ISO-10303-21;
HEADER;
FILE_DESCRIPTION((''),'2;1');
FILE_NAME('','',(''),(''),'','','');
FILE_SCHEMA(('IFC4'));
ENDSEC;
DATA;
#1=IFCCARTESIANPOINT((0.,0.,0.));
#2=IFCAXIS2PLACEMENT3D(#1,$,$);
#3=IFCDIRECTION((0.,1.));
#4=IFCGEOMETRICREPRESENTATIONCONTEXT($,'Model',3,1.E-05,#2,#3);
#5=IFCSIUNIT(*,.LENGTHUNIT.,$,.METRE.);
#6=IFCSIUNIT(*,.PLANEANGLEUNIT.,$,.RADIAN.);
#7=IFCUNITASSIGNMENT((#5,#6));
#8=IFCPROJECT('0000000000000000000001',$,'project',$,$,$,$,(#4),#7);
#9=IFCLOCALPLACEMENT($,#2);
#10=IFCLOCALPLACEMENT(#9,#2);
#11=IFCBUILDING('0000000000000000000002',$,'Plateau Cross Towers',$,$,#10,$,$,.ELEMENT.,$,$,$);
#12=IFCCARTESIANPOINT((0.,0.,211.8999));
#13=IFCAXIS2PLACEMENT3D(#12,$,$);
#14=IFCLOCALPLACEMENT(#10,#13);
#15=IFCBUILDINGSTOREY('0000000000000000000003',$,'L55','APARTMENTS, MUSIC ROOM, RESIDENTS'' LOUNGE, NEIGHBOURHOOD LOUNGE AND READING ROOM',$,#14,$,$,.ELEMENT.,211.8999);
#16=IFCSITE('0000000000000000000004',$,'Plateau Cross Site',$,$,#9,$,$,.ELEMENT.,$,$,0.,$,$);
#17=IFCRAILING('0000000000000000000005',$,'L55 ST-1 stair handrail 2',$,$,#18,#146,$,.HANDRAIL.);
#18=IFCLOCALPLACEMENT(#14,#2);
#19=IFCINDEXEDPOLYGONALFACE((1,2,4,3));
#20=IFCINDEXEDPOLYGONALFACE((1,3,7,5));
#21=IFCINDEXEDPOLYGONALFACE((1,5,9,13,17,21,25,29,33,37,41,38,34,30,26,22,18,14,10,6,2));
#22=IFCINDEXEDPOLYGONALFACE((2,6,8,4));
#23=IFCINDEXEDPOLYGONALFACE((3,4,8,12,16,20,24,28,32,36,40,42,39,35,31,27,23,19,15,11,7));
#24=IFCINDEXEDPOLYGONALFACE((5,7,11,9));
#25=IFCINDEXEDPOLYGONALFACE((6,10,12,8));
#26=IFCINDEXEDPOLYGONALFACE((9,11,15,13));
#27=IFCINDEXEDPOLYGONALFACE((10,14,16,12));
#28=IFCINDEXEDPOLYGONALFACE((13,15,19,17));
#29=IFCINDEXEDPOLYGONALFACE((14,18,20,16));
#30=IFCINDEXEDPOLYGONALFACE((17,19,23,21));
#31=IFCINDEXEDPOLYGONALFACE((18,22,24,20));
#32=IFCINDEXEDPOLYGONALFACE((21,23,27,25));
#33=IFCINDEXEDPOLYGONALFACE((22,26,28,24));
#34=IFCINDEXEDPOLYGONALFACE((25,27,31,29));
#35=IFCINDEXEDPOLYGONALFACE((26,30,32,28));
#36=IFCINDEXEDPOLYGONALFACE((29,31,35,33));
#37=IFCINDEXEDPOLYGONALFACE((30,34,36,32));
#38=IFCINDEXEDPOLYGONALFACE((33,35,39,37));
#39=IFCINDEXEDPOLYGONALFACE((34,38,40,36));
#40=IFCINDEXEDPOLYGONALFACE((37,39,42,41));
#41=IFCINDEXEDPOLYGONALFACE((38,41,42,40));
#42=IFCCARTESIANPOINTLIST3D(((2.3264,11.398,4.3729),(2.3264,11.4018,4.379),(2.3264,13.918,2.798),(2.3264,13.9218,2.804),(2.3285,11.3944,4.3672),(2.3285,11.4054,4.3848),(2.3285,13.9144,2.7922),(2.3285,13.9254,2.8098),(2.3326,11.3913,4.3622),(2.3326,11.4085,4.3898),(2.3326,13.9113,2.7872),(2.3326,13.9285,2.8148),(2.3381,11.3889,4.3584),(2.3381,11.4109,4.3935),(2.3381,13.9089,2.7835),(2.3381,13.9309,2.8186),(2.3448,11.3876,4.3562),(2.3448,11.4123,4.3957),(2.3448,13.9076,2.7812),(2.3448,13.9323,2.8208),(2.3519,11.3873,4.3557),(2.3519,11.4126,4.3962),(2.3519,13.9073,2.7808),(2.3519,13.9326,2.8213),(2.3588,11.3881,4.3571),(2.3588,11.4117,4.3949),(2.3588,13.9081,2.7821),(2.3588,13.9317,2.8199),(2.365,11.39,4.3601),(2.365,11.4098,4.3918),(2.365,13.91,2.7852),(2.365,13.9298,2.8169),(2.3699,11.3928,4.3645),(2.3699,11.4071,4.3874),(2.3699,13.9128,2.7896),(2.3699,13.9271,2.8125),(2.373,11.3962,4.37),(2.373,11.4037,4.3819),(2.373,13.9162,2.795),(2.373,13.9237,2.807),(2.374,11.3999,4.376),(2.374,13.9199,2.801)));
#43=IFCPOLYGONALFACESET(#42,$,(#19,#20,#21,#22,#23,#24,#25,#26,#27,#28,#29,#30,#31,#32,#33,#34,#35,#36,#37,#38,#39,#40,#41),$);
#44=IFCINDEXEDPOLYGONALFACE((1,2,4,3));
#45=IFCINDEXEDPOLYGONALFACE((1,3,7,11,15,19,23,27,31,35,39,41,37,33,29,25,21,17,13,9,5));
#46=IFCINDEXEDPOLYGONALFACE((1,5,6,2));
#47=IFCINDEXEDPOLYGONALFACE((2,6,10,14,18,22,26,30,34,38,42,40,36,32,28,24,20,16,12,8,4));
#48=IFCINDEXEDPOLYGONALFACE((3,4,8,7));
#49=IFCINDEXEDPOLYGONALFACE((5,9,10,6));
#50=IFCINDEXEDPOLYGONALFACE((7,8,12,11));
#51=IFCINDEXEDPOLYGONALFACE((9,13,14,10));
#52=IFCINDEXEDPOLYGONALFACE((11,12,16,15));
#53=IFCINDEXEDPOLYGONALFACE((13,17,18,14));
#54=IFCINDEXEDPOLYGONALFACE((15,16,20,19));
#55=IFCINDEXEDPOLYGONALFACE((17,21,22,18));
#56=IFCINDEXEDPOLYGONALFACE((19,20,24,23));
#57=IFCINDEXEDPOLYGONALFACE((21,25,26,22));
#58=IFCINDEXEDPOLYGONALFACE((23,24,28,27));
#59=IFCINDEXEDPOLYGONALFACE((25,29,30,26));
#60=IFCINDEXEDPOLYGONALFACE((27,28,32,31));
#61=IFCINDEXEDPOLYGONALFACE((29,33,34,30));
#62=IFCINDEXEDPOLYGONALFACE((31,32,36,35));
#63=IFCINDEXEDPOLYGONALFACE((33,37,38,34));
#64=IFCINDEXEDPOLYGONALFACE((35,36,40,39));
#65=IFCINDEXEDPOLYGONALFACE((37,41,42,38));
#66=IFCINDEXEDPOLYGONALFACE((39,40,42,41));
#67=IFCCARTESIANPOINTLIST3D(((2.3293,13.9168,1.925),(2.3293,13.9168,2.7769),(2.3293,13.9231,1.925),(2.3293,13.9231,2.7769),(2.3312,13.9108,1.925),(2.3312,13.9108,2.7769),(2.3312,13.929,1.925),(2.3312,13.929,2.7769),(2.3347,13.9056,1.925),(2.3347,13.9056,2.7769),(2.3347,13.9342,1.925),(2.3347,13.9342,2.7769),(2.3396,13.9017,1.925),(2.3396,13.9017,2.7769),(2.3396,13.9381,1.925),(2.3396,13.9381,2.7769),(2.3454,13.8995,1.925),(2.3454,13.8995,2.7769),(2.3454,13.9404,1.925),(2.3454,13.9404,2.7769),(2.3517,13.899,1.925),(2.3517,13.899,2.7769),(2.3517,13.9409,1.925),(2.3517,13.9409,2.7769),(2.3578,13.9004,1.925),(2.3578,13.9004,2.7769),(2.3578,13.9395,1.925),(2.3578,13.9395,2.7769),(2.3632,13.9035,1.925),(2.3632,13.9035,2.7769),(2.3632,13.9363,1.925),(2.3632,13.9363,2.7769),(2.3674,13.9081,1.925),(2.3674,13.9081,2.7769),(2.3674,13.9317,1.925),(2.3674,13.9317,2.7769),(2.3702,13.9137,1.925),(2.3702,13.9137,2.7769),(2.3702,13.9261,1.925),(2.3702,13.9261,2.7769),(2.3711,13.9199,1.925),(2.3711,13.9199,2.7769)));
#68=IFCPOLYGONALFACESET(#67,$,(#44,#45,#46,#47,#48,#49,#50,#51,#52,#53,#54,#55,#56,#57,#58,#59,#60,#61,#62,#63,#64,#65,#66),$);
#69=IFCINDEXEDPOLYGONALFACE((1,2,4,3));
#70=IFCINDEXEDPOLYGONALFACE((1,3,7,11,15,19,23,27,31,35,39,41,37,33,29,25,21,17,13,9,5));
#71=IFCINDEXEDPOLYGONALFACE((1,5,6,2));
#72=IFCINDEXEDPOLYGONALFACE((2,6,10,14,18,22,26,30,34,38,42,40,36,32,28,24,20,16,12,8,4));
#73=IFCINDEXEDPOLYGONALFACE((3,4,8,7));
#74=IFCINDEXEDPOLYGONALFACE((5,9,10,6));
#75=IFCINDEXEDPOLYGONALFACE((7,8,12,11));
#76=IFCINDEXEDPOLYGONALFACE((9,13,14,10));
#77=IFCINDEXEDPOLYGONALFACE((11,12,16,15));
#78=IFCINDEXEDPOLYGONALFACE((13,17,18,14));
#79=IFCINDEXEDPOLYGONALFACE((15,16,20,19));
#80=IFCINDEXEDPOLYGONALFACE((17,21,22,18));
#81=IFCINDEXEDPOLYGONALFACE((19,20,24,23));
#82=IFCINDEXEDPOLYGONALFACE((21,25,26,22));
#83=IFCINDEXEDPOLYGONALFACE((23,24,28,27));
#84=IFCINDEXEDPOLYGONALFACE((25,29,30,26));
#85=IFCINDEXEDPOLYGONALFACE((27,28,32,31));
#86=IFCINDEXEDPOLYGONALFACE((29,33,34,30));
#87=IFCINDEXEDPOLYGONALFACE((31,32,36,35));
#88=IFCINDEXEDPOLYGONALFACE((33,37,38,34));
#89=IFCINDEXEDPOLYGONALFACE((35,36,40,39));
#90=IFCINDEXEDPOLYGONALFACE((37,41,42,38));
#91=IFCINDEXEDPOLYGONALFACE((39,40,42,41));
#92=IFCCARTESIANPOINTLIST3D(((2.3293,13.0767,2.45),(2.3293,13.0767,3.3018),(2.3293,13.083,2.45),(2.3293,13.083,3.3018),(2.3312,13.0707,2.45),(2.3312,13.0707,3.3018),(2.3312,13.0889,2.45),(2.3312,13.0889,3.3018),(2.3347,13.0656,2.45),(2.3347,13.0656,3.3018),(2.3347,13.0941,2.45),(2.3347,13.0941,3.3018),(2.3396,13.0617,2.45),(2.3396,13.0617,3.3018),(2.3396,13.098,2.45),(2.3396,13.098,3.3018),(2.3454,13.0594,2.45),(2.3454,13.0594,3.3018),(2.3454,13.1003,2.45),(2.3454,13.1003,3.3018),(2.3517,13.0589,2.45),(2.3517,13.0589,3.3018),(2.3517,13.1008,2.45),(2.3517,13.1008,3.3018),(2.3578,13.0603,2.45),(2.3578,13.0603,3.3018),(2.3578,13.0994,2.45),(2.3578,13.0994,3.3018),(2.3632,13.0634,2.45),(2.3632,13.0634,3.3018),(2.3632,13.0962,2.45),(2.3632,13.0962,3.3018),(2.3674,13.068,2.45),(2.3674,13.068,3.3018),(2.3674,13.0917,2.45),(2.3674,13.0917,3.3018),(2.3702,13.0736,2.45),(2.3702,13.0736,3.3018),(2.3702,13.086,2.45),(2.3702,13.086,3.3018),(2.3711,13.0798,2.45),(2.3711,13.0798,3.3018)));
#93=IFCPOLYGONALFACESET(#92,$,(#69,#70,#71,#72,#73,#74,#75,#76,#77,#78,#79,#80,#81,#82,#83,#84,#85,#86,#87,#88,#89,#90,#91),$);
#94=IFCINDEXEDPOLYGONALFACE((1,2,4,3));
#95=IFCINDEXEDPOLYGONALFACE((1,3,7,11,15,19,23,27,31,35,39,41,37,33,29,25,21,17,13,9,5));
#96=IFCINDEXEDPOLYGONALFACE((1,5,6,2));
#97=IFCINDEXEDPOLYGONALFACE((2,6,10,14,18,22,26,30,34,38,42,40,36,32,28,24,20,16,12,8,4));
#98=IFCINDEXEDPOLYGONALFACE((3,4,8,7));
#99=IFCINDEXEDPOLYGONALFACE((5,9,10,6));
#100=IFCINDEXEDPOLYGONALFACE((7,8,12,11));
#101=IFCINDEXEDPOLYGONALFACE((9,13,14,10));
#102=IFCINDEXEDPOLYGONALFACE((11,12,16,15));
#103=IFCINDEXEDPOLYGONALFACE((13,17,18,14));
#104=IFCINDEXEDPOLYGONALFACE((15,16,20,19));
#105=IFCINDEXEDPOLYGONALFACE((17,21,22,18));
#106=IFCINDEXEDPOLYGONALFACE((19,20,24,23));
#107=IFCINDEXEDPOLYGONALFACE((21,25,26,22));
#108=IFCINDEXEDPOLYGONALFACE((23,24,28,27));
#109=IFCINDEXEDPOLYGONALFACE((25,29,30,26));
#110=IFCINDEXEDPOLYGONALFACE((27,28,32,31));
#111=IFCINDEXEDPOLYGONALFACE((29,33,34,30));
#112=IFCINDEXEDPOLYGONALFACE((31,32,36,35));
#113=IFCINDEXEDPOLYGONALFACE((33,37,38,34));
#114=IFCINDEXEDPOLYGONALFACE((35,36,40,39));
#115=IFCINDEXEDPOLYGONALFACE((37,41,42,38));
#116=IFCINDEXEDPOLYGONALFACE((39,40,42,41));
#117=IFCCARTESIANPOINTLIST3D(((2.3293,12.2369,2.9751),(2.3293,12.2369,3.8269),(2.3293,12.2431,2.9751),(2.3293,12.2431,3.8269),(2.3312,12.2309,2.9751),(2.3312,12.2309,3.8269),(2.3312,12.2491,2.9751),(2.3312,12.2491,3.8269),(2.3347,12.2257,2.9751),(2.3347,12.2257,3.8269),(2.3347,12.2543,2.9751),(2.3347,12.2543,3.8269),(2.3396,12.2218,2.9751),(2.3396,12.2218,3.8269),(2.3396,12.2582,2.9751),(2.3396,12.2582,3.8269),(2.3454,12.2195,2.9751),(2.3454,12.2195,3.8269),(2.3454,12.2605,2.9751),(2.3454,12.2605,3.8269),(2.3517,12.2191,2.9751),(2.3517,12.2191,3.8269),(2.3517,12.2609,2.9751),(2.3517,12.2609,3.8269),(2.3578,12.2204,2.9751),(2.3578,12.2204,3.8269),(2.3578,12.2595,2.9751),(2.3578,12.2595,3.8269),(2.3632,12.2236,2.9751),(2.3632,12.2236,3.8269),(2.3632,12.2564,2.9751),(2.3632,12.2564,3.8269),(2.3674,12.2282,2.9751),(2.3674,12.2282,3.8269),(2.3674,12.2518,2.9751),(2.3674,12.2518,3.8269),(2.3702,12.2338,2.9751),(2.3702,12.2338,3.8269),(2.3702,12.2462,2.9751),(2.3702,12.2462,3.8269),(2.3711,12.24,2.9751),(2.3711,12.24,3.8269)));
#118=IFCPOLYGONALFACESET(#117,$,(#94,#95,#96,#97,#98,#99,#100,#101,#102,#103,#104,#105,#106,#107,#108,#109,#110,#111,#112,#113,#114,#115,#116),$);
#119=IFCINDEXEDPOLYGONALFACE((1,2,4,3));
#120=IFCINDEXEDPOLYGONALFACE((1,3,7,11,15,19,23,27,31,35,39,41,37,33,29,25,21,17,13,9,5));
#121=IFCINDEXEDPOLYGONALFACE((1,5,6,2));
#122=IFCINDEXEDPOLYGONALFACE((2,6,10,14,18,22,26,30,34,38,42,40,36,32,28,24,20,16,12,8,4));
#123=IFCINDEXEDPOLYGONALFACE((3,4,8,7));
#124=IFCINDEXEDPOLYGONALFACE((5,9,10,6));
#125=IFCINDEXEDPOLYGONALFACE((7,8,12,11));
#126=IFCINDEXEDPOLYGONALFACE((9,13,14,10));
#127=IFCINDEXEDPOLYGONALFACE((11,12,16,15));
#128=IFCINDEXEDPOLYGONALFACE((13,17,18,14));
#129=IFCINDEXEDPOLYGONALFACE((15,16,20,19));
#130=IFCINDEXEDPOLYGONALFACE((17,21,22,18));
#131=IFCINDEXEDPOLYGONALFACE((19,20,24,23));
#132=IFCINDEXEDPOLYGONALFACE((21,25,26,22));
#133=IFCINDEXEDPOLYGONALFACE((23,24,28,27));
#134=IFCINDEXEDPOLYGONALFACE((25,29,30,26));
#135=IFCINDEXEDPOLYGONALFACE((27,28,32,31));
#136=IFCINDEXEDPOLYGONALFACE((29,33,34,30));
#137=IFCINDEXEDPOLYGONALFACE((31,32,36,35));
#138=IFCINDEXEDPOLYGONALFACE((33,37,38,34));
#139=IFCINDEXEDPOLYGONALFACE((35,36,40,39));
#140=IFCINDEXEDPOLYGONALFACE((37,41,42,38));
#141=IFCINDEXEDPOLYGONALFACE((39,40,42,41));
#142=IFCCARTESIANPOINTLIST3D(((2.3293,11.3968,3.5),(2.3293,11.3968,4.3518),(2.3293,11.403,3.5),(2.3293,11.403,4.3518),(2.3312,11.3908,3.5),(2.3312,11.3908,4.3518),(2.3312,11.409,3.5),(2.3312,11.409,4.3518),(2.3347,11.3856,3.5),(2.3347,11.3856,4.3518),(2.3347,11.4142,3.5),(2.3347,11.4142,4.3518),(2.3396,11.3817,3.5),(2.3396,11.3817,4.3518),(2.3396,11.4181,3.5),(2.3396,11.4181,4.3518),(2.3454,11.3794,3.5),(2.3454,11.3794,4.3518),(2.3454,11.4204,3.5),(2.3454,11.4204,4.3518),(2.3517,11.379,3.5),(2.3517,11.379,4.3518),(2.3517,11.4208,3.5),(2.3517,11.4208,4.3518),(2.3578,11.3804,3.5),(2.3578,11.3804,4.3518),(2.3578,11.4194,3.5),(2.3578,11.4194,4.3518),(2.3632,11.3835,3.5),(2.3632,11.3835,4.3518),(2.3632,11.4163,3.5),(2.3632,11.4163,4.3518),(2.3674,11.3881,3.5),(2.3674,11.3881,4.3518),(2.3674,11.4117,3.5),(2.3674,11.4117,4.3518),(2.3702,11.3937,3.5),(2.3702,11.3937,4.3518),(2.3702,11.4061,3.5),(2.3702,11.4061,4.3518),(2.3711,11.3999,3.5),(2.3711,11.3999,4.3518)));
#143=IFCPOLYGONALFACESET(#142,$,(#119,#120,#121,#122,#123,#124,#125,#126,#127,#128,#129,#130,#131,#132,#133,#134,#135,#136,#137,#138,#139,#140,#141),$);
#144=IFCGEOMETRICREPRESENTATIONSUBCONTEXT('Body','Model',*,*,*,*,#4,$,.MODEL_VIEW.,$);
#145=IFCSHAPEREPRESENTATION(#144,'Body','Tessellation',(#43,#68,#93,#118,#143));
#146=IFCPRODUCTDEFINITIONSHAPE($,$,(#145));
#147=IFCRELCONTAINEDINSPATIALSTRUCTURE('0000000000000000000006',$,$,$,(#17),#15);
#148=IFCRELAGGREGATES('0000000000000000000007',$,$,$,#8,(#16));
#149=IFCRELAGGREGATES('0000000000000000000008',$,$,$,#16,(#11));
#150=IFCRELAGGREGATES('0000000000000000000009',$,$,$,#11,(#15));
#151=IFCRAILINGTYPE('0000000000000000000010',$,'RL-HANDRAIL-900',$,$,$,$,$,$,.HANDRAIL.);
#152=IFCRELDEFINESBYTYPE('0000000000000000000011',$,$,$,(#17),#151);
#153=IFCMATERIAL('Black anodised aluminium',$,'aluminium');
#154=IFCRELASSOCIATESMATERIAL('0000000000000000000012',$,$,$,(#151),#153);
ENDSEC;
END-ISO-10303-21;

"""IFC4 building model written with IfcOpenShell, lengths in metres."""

from ifc_helpers import new_model, si_unit, direction, frame, origin, origin_2d, place, context, subcontext, project, spatial, circle, extrude, material, type_object, element, save


model = new_model("IFC4")

# Units and contexts
model_context = context("Model", 3, precision=1e-05, world=origin(), true_north=direction((0.0, 1.0)))
body_context = subcontext(model_context, "Body", "Model", "MODEL_VIEW")
ifc_project = project(units=[si_unit("LENGTHUNIT", "METRE"), si_unit("PLANEANGLEUNIT", "RADIAN")], contexts=[model_context])

# Site, building, storey
site_placement = place(None, origin())
site = spatial("IfcSite", under=ifc_project, at=site_placement, Name="Plateau Cross Site", CompositionType="ELEMENT", RefElevation=0.0)
building_placement = place(site_placement, origin())
building = spatial("IfcBuilding", under=site, at=building_placement, Name="Plateau Cross Towers", CompositionType="ELEMENT")
storey_placement = place(building_placement, frame((0.0, 0.0, 211.8999)))
storey = spatial("IfcBuildingStorey", under=building, at=storey_placement, Name="L55", Description="APARTMENTS, MUSIC ROOM, RESIDENTS' LOUNGE, NEIGHBOURHOOD LOUNGE AND READING ROOM", CompositionType="ELEMENT", Elevation=211.8999)

# Shared definitions
ifc_material_1 = material(Name="Black anodised aluminium", Category="aluminium")

# Railing
railing_type = type_object("IfcRailingType", Name="RL-HANDRAIL-900", PredefinedType="HANDRAIL", material=ifc_material_1)
railing_placement = place(storey_placement, frame((2.3501, 13.9199, 1.925)))
element("IfcRailing", 1, at=railing_placement, inside=storey, type_object=railing_type, Name="L55 ST-1 stair handrail 2", PredefinedType="HANDRAIL", context=body_context, shape_type="SweptSolid", body=[
    extrude(circle(Radius=0.0239, at=origin_2d()), frame((0.0, 0.0, 0.876), z_axis=(0.0, -0.848008, 0.529984), x_axis=(1.0, 0.0, 0.0)), (0.0, 0.0, 1.0), 2.9717),
    extrude(circle(Radius=0.021, at=origin_2d()), origin(), (0.0, 0.0, 1.0), 0.8518),
    extrude(circle(Radius=0.021, at=origin_2d()), frame((0.0, -0.8401, 0.5249)), (0.0, 0.0, 1.0), 0.8518),
    extrude(circle(Radius=0.021, at=origin_2d()), frame((0.0, -1.6799, 1.05)), (0.0, 0.0, 1.0), 0.8518),
    extrude(circle(Radius=0.021, at=origin_2d()), frame((0.0, -2.52, 1.575)), (0.0, 0.0, 1.0), 0.8518),
])

save(model, "model.ifc")
